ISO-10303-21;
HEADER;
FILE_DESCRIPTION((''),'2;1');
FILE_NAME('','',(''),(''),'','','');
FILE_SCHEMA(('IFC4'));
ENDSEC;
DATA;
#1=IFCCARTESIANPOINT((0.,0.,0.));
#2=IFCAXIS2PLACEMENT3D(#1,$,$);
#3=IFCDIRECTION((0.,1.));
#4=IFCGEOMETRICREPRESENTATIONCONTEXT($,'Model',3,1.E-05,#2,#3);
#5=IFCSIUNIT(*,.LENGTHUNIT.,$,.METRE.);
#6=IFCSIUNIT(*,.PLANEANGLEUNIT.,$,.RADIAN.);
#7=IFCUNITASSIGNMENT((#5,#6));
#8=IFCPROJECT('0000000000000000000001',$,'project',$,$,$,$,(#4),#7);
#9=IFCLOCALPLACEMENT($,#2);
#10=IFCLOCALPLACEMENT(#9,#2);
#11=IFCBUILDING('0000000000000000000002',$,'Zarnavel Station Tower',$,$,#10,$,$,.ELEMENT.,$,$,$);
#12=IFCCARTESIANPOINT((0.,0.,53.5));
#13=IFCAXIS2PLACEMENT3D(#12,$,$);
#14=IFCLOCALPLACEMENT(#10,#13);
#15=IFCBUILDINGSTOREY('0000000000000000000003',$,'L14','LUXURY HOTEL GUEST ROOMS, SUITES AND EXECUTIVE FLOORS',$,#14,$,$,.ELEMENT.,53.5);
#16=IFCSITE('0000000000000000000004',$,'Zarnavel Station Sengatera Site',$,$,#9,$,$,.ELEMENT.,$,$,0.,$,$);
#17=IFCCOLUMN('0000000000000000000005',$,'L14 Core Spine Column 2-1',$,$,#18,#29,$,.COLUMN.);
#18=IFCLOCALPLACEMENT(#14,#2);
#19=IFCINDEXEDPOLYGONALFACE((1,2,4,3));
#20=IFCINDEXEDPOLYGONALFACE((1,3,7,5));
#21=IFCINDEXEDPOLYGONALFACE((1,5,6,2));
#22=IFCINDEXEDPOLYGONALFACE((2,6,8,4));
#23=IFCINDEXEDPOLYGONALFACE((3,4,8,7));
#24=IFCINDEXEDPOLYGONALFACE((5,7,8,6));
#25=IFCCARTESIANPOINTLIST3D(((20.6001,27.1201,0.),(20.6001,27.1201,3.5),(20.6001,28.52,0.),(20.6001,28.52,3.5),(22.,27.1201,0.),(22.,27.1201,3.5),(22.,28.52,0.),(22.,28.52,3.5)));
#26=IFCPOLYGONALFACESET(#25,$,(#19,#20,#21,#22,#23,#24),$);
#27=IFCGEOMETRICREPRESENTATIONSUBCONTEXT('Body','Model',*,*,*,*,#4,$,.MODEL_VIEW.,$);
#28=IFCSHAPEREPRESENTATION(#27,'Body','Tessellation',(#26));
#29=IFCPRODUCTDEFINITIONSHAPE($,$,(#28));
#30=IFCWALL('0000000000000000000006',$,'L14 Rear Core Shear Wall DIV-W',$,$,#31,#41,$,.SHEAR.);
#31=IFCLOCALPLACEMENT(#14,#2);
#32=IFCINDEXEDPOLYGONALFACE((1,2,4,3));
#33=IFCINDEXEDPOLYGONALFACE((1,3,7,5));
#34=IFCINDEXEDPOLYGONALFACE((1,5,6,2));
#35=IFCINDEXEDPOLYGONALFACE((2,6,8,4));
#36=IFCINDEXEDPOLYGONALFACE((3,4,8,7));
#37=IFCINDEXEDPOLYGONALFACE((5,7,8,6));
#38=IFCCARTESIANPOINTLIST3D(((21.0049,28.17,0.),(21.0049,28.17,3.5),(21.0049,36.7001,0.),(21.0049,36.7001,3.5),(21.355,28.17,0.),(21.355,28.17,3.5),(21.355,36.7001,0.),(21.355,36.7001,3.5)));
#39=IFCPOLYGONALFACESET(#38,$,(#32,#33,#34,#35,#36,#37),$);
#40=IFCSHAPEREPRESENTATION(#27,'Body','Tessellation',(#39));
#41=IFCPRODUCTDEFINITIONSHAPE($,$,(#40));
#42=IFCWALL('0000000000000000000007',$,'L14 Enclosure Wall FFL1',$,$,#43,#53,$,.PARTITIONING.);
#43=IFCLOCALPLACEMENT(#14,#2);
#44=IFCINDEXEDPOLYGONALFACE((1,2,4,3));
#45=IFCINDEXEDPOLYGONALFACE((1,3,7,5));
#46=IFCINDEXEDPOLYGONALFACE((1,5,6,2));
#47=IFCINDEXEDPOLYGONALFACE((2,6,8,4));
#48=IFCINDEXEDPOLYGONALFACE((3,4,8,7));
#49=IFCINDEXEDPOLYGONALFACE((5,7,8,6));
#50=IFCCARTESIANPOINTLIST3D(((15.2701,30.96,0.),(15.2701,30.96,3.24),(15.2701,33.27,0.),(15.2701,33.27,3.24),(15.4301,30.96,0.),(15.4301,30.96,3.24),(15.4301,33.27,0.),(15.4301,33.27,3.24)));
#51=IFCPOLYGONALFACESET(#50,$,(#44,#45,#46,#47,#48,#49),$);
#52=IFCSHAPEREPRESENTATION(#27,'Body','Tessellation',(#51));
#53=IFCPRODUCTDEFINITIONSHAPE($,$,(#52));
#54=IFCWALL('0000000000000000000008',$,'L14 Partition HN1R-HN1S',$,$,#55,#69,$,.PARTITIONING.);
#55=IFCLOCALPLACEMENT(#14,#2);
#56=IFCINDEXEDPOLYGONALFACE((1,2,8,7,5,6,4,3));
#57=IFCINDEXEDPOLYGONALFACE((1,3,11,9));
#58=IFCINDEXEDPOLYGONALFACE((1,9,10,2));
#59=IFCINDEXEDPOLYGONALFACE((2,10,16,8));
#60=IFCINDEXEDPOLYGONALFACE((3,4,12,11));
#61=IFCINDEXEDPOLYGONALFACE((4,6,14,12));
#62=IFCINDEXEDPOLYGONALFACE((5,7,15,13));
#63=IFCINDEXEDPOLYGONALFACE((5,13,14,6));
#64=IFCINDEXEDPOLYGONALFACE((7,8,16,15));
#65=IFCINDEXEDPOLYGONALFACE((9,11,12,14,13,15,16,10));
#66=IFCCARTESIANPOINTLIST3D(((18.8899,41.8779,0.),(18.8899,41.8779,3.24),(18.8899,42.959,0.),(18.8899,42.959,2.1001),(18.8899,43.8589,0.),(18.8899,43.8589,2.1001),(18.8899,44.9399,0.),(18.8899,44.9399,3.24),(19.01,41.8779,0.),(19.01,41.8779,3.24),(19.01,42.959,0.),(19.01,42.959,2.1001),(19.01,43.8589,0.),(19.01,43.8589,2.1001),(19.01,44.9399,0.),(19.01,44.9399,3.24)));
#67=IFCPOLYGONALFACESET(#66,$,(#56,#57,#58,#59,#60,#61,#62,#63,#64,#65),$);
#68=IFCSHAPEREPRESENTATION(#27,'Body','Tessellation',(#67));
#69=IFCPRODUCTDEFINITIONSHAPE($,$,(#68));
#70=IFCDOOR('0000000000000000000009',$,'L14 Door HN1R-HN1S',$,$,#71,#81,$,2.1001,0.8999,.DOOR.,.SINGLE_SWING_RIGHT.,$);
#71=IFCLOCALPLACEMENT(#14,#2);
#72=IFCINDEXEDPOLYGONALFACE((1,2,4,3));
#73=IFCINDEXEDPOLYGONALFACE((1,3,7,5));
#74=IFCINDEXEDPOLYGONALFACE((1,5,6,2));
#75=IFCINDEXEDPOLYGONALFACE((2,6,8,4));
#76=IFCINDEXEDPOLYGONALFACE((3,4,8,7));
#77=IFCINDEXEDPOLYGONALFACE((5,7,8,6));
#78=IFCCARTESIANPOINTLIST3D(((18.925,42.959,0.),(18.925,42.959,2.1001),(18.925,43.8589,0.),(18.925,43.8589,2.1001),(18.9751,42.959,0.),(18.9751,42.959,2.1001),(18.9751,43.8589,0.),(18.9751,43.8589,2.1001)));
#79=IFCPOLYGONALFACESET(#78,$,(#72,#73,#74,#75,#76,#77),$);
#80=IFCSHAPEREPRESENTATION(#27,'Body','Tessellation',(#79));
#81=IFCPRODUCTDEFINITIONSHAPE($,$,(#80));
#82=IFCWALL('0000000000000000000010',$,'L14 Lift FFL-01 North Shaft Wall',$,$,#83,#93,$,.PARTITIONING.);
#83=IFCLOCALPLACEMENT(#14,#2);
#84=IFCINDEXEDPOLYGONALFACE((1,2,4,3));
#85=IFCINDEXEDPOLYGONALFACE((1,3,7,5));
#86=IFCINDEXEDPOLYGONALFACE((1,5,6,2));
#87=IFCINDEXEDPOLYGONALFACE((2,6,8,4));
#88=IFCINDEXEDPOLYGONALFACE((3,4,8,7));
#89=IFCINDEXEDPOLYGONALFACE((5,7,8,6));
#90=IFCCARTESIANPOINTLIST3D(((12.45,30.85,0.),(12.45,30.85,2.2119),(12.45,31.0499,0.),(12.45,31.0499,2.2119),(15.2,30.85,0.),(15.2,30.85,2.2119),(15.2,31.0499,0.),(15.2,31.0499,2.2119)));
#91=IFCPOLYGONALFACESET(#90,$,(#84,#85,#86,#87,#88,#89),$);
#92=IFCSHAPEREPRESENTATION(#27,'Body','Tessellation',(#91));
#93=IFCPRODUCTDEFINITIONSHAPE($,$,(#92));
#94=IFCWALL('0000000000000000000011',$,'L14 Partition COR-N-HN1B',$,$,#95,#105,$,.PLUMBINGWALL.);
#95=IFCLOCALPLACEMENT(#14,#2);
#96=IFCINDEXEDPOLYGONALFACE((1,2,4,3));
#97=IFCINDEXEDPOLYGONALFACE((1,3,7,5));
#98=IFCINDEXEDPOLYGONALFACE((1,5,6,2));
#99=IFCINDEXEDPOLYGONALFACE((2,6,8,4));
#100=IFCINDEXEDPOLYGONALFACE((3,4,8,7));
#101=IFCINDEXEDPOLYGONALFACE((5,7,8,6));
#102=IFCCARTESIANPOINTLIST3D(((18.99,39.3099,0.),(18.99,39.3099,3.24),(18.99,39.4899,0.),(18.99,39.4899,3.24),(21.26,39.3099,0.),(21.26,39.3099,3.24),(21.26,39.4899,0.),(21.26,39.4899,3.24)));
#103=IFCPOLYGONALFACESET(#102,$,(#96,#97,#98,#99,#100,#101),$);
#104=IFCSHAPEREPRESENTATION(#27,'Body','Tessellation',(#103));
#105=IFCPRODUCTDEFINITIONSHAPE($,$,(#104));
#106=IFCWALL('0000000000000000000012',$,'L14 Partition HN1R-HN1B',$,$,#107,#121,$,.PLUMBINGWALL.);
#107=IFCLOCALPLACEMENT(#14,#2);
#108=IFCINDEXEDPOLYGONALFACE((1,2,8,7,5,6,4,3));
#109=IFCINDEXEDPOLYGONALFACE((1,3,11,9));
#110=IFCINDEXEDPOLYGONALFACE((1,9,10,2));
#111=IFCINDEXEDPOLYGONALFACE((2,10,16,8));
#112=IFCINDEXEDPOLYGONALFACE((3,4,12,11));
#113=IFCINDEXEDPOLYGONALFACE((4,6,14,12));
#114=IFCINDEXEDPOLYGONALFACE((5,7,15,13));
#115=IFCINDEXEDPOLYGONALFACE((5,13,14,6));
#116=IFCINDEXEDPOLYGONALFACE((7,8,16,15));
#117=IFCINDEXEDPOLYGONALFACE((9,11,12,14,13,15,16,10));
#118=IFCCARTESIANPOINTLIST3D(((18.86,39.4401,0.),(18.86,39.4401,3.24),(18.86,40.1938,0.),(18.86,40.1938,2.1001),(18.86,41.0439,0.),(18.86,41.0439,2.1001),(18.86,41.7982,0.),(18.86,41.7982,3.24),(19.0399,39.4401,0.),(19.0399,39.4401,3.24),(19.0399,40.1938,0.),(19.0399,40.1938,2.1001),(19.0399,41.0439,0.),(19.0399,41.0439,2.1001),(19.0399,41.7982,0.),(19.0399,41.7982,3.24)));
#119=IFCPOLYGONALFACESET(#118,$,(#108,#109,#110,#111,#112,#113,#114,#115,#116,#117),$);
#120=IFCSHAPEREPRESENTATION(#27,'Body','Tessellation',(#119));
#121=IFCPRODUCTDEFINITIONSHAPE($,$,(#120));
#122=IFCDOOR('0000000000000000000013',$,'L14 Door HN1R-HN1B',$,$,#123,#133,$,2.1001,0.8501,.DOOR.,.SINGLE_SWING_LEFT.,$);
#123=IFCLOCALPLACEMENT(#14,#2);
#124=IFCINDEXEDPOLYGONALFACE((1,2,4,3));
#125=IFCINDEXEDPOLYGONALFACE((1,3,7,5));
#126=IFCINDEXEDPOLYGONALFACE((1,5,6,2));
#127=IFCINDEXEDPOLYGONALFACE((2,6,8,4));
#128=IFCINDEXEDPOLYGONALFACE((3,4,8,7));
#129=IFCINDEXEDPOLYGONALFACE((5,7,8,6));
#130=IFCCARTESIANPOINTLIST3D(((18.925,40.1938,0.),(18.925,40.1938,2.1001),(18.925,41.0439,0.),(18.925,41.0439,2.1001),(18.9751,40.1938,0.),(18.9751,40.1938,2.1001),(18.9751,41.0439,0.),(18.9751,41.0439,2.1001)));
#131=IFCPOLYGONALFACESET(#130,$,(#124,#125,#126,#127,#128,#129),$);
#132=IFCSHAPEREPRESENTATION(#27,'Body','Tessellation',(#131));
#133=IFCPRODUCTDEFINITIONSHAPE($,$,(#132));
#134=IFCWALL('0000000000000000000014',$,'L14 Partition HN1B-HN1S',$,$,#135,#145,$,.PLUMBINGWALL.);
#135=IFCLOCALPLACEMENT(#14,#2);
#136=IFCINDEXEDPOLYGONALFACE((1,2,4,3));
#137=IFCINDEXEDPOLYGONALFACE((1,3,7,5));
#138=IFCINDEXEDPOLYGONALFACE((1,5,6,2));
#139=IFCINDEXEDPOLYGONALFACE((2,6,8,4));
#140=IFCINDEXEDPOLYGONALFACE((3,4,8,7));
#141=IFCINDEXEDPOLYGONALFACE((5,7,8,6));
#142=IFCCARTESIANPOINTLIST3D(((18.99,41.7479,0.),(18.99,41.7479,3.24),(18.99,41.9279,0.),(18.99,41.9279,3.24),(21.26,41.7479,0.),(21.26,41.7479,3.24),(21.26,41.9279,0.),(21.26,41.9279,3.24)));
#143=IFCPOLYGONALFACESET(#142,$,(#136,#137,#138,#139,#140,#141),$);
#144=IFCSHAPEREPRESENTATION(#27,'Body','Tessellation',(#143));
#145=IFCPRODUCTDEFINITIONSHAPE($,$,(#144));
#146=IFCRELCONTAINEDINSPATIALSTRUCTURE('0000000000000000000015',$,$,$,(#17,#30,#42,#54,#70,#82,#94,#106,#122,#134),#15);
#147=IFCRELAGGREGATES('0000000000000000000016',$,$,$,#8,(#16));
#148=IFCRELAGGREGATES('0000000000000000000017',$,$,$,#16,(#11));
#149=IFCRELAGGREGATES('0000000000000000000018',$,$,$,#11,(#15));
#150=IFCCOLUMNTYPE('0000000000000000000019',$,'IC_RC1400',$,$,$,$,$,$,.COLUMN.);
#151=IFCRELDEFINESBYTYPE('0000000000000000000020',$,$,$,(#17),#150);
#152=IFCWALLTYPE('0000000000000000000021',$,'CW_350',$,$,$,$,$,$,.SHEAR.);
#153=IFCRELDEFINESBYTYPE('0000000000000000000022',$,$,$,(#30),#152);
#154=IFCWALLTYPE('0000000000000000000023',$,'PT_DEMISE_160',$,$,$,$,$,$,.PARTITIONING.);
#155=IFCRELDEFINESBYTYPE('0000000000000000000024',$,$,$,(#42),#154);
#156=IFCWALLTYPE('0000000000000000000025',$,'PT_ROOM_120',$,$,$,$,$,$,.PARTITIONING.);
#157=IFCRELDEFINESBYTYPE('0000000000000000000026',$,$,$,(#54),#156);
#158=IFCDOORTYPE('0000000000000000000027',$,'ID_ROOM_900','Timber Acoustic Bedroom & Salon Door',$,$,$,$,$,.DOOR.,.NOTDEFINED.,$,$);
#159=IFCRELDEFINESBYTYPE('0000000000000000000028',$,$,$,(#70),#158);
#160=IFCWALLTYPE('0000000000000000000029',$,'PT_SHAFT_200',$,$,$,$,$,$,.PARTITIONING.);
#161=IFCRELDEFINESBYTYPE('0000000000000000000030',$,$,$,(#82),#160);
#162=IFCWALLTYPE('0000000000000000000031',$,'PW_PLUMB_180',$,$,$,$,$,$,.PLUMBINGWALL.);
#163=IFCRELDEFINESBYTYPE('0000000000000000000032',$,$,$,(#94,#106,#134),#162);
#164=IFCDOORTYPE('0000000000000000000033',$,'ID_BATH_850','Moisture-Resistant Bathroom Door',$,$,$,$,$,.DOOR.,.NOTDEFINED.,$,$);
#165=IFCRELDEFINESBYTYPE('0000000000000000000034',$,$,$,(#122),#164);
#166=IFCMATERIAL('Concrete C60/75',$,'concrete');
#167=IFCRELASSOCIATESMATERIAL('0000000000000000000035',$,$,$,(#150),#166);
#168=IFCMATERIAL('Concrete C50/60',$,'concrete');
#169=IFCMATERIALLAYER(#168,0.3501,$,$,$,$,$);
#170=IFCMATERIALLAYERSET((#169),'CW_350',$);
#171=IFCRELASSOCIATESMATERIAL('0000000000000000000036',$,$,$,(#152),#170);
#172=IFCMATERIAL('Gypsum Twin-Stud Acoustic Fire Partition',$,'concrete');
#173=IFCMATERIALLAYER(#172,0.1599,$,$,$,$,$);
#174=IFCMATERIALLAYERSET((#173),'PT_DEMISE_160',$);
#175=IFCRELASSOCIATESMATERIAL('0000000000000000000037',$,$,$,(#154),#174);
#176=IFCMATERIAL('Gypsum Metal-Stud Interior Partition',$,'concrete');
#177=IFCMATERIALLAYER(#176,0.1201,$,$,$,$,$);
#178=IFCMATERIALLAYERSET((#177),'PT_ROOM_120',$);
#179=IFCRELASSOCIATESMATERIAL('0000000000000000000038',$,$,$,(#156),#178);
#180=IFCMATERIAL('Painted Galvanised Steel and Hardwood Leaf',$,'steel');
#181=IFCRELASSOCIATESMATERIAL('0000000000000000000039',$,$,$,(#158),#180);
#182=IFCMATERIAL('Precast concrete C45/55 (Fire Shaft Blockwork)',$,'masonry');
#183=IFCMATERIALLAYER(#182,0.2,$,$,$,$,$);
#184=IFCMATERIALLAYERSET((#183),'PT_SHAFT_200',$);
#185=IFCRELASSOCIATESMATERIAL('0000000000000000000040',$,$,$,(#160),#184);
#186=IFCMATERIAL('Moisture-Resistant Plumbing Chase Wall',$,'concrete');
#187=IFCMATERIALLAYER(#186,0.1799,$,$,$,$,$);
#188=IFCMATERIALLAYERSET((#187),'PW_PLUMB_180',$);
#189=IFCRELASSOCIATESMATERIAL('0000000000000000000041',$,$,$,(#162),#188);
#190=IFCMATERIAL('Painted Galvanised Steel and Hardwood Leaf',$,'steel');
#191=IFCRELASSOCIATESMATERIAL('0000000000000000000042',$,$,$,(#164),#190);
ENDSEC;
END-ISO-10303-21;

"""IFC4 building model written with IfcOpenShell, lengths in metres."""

from ifc_helpers import new_model, si_unit, direction, frame, frame_2d, origin, origin_2d, place, context, subcontext, project, spatial, rectangle, extrude, material, layer, layer_set, material_profile, profile_set, type_object, element, fill, save


model = new_model("IFC4")

# Units and contexts
model_context = context("Model", 3, precision=1e-05, world=origin(), true_north=direction((0.0, 1.0)))
body_context = subcontext(model_context, "Body", "Model", "MODEL_VIEW")
ifc_project = project(units=[si_unit("LENGTHUNIT", "METRE"), si_unit("PLANEANGLEUNIT", "RADIAN")], contexts=[model_context])

# Site, building, storey
site_placement = place(None, origin())
site = spatial("IfcSite", under=ifc_project, at=site_placement, Name="Zarnavel Station Sengatera Site", CompositionType="ELEMENT", RefElevation=0.0)
building_placement = place(site_placement, origin())
building = spatial("IfcBuilding", under=site, at=building_placement, Name="Zarnavel Station Tower", CompositionType="ELEMENT")
storey_placement = place(building_placement, frame((0.0, 0.0, 53.5)))
storey = spatial("IfcBuildingStorey", under=building, at=storey_placement, Name="L14", Description="LUXURY HOTEL GUEST ROOMS, SUITES AND EXECUTIVE FLOORS", CompositionType="ELEMENT", Elevation=53.5)

# Column
ifc_material_1 = material(Name="Concrete C60/75", Category="concrete")
ifc_material_profile = material_profile(ifc_material_1, rectangle(XDim=1.3999, YDim=1.3999, at=origin_2d()), Name="RC1400x1400")
ifc_profile_set = profile_set([ifc_material_profile], Name="Concrete C60/75")
column_type = type_object("IfcColumnType", Name="IC_RC1400", PredefinedType="COLUMN", material=ifc_profile_set)
column_placement = place(storey_placement, frame((21.3, 27.8201, 0.0), z_axis=(0.0, 0.0, 1.0), x_axis=(1.0, 0.0, 0.0)))
element("IfcColumn", 1, at=column_placement, inside=storey, type_object=column_type, Name="L14 Core Spine Column 2-1", PredefinedType="COLUMN", context=body_context, shape_type="SweptSolid", body=[
    extrude(rectangle(XDim=1.3999, YDim=1.3999, at=origin_2d()), origin(), (0.0, 0.0, 1.0), 3.5),
])

# Wall
ifc_material_2 = material(Name="Concrete C50/60", Category="concrete")
ifc_layer_1 = layer(ifc_material_2, 0.3501)
ifc_layer_set_1 = layer_set([ifc_layer_1], Name="CW_350")
wall_type_1 = type_object("IfcWallType", Name="CW_350", PredefinedType="SHEAR", material=ifc_layer_set_1)
wall_1_placement = place(storey_placement, frame((21.1799, 28.1699, 0.0), z_axis=(0.0, 0.0, 1.0), x_axis=(0.0, 1.0, 0.0)))
element("IfcWall", 2, at=wall_1_placement, inside=storey, type_object=wall_type_1, Name="L14 Rear Core Shear Wall DIV-W", PredefinedType="SHEAR", context=body_context, shape_type="SweptSolid", body=[
    extrude(rectangle(XDim=8.53, YDim=0.3501, at=frame_2d((4.2651, 0.0))), origin(), (0.0, 0.0, 1.0), 3.5),
])

# Wall
ifc_material_3 = material(Name="Gypsum Twin-Stud Acoustic Fire Partition", Category="concrete")
ifc_layer_2 = layer(ifc_material_3, 0.1599)
ifc_layer_set_2 = layer_set([ifc_layer_2], Name="PT_DEMISE_160")
wall_type_2 = type_object("IfcWallType", Name="PT_DEMISE_160", PredefinedType="PARTITIONING", material=ifc_layer_set_2)
wall_2_placement = place(storey_placement, frame((15.3501, 30.96, 0.0), z_axis=(0.0, 0.0, 1.0), x_axis=(0.0, 1.0, 0.0)))
element("IfcWall", 3, at=wall_2_placement, inside=storey, type_object=wall_type_2, Name="L14 Enclosure Wall FFL1", PredefinedType="PARTITIONING", context=body_context, shape_type="SweptSolid", body=[
    extrude(rectangle(XDim=2.3101, YDim=0.1599, at=frame_2d((1.155, 0.0))), origin(), (0.0, 0.0, 1.0), 3.24),
])

# Wall, opening, door
ifc_material_4 = material(Name="Gypsum Metal-Stud Interior Partition", Category="concrete")
ifc_layer_3 = layer(ifc_material_4, 0.1201)
ifc_layer_set_3 = layer_set([ifc_layer_3], Name="PT_ROOM_120")
wall_type_3 = type_object("IfcWallType", Name="PT_ROOM_120", PredefinedType="PARTITIONING", material=ifc_layer_set_3)
wall_3_placement = place(storey_placement, frame((18.95, 41.8779, 0.0), z_axis=(0.0, 0.0, 1.0), x_axis=(0.0, 1.0, 0.0)))
wall_3 = element("IfcWall", 4, at=wall_3_placement, inside=storey, type_object=wall_type_3, Name="L14 Partition HN1R-HN1S", PredefinedType="PARTITIONING", context=body_context, shape_type="SweptSolid", body=[
    extrude(rectangle(XDim=3.062, YDim=0.1201, at=frame_2d((1.531, 0.0))), origin(), (0.0, 0.0, 1.0), 3.24),
])
opening_1_placement = place(wall_3_placement, frame((1.0811, 0.0, 0.0)))
opening_1 = element("IfcOpeningElement", 5, at=opening_1_placement, cuts=wall_3, PredefinedType="OPENING", context=body_context, shape_type="SweptSolid", body=[
    extrude(rectangle(XDim=0.8999, YDim=2.1001, at=frame_2d((0.45, 1.05))), frame((0.0, 0.0701, 0.0), z_axis=(0.0, -1.0, 0.0), x_axis=(1.0, 0.0, 0.0)), (0.0, 0.0, 1.0), 0.1401),
])
ifc_material_5 = material(Name="Painted Galvanised Steel and Hardwood Leaf", Category="steel")
door_type_1 = type_object("IfcDoorType", Name="ID_ROOM_900", Description="Timber Acoustic Bedroom & Salon Door", OperationType="NOTDEFINED", PredefinedType="DOOR", material=ifc_material_5)
door_1_placement = place(opening_1_placement, origin())
door_1 = element("IfcDoor", 6, at=door_1_placement, inside=storey, type_object=door_type_1, Name="L14 Door HN1R-HN1S", OperationType="SINGLE_SWING_RIGHT", OverallHeight=2.1001, OverallWidth=0.8999, PredefinedType="DOOR", context=body_context, shape_type="SweptSolid", body=[
    extrude(rectangle(XDim=0.8999, YDim=2.1001, at=frame_2d((0.45, 1.05))), frame((0.0, 0.0249, 0.0), z_axis=(0.0, -1.0, 0.0), x_axis=(1.0, 0.0, 0.0)), (0.0, 0.0, 1.0), 0.05),
])
fill(opening_1, door_1)
ifc_material_6 = material(Name="Precast concrete C45/55 (Fire Shaft Blockwork)", Category="masonry")
ifc_layer_4 = layer(ifc_material_6, 0.2)
ifc_layer_set_4 = layer_set([ifc_layer_4], Name="PT_SHAFT_200")
wall_type_4 = type_object("IfcWallType", Name="PT_SHAFT_200", PredefinedType="PARTITIONING", material=ifc_layer_set_4)

# Walls
wall_4_placement = place(storey_placement, frame((12.45, 30.95, 0.0), z_axis=(0.0, 0.0, 1.0), x_axis=(1.0, 0.0, 0.0)))
element("IfcWall", 7, at=wall_4_placement, inside=storey, type_object=wall_type_4, Name="L14 Lift FFL-01 North Shaft Wall", PredefinedType="PARTITIONING", context=body_context, shape_type="SweptSolid", body=[
    extrude(rectangle(XDim=2.75, YDim=0.2, at=frame_2d((1.375, 0.0))), origin(), (0.0, 0.0, 1.0), 2.2119),
])
ifc_material_7 = material(Name="Moisture-Resistant Plumbing Chase Wall", Category="concrete")
ifc_layer_5 = layer(ifc_material_7, 0.1799)
ifc_layer_set_5 = layer_set([ifc_layer_5], Name="PW_PLUMB_180")
wall_type_5 = type_object("IfcWallType", Name="PW_PLUMB_180", PredefinedType="PLUMBINGWALL", material=ifc_layer_set_5)
wall_5_placement = place(storey_placement, frame((18.99, 39.3999, 0.0), z_axis=(0.0, 0.0, 1.0), x_axis=(1.0, 0.0, 0.0)))
element("IfcWall", 8, at=wall_5_placement, inside=storey, type_object=wall_type_5, Name="L14 Partition COR-N-HN1B", PredefinedType="PLUMBINGWALL", context=body_context, shape_type="SweptSolid", body=[
    extrude(rectangle(XDim=2.27, YDim=0.1799, at=frame_2d((1.135, 0.0))), origin(), (0.0, 0.0, 1.0), 3.24),
])

# Wall, opening, door
wall_6_placement = place(storey_placement, frame((18.95, 39.4399, 0.0), z_axis=(0.0, 0.0, 1.0), x_axis=(0.0, 1.0, 0.0)))
wall_6 = element("IfcWall", 9, at=wall_6_placement, inside=storey, type_object=wall_type_5, Name="L14 Partition HN1R-HN1B", PredefinedType="PLUMBINGWALL", context=body_context, shape_type="SweptSolid", body=[
    extrude(rectangle(XDim=2.3582, YDim=0.1799, at=frame_2d((1.1792, 0.0))), origin(), (0.0, 0.0, 1.0), 3.24),
])
opening_2_placement = place(wall_6_placement, frame((0.7539, 0.0, 0.0)))
opening_2 = element("IfcOpeningElement", 10, at=opening_2_placement, cuts=wall_6, PredefinedType="OPENING", context=body_context, shape_type="SweptSolid", body=[
    extrude(rectangle(XDim=0.8501, YDim=2.1001, at=frame_2d((0.425, 1.05))), frame((0.0, 0.0999, 0.0), z_axis=(0.0, -1.0, 0.0), x_axis=(1.0, 0.0, 0.0)), (0.0, 0.0, 1.0), 0.2),
])
ifc_material_8 = material(Name="Painted Galvanised Steel and Hardwood Leaf", Category="steel")
door_type_2 = type_object("IfcDoorType", Name="ID_BATH_850", Description="Moisture-Resistant Bathroom Door", OperationType="NOTDEFINED", PredefinedType="DOOR", material=ifc_material_8)
door_2_placement = place(opening_2_placement, origin())
door_2 = element("IfcDoor", 11, at=door_2_placement, inside=storey, type_object=door_type_2, Name="L14 Door HN1R-HN1B", OperationType="SINGLE_SWING_LEFT", OverallHeight=2.1001, OverallWidth=0.8501, PredefinedType="DOOR", context=body_context, shape_type="SweptSolid", body=[
    extrude(rectangle(XDim=0.8501, YDim=2.1001, at=frame_2d((0.425, 1.05))), frame((0.0, 0.0249, 0.0), z_axis=(0.0, -1.0, 0.0), x_axis=(1.0, 0.0, 0.0)), (0.0, 0.0, 1.0), 0.05),
])
fill(opening_2, door_2)

# Wall
wall_7_placement = place(storey_placement, frame((18.99, 41.8379, 0.0), z_axis=(0.0, 0.0, 1.0), x_axis=(1.0, 0.0, 0.0)))
element("IfcWall", 12, at=wall_7_placement, inside=storey, type_object=wall_type_5, Name="L14 Partition HN1B-HN1S", PredefinedType="PLUMBINGWALL", context=body_context, shape_type="SweptSolid", body=[
    extrude(rectangle(XDim=2.27, YDim=0.1799, at=frame_2d((1.135, 0.0))), origin(), (0.0, 0.0, 1.0), 3.24),
])

save(model, "model.ifc")
